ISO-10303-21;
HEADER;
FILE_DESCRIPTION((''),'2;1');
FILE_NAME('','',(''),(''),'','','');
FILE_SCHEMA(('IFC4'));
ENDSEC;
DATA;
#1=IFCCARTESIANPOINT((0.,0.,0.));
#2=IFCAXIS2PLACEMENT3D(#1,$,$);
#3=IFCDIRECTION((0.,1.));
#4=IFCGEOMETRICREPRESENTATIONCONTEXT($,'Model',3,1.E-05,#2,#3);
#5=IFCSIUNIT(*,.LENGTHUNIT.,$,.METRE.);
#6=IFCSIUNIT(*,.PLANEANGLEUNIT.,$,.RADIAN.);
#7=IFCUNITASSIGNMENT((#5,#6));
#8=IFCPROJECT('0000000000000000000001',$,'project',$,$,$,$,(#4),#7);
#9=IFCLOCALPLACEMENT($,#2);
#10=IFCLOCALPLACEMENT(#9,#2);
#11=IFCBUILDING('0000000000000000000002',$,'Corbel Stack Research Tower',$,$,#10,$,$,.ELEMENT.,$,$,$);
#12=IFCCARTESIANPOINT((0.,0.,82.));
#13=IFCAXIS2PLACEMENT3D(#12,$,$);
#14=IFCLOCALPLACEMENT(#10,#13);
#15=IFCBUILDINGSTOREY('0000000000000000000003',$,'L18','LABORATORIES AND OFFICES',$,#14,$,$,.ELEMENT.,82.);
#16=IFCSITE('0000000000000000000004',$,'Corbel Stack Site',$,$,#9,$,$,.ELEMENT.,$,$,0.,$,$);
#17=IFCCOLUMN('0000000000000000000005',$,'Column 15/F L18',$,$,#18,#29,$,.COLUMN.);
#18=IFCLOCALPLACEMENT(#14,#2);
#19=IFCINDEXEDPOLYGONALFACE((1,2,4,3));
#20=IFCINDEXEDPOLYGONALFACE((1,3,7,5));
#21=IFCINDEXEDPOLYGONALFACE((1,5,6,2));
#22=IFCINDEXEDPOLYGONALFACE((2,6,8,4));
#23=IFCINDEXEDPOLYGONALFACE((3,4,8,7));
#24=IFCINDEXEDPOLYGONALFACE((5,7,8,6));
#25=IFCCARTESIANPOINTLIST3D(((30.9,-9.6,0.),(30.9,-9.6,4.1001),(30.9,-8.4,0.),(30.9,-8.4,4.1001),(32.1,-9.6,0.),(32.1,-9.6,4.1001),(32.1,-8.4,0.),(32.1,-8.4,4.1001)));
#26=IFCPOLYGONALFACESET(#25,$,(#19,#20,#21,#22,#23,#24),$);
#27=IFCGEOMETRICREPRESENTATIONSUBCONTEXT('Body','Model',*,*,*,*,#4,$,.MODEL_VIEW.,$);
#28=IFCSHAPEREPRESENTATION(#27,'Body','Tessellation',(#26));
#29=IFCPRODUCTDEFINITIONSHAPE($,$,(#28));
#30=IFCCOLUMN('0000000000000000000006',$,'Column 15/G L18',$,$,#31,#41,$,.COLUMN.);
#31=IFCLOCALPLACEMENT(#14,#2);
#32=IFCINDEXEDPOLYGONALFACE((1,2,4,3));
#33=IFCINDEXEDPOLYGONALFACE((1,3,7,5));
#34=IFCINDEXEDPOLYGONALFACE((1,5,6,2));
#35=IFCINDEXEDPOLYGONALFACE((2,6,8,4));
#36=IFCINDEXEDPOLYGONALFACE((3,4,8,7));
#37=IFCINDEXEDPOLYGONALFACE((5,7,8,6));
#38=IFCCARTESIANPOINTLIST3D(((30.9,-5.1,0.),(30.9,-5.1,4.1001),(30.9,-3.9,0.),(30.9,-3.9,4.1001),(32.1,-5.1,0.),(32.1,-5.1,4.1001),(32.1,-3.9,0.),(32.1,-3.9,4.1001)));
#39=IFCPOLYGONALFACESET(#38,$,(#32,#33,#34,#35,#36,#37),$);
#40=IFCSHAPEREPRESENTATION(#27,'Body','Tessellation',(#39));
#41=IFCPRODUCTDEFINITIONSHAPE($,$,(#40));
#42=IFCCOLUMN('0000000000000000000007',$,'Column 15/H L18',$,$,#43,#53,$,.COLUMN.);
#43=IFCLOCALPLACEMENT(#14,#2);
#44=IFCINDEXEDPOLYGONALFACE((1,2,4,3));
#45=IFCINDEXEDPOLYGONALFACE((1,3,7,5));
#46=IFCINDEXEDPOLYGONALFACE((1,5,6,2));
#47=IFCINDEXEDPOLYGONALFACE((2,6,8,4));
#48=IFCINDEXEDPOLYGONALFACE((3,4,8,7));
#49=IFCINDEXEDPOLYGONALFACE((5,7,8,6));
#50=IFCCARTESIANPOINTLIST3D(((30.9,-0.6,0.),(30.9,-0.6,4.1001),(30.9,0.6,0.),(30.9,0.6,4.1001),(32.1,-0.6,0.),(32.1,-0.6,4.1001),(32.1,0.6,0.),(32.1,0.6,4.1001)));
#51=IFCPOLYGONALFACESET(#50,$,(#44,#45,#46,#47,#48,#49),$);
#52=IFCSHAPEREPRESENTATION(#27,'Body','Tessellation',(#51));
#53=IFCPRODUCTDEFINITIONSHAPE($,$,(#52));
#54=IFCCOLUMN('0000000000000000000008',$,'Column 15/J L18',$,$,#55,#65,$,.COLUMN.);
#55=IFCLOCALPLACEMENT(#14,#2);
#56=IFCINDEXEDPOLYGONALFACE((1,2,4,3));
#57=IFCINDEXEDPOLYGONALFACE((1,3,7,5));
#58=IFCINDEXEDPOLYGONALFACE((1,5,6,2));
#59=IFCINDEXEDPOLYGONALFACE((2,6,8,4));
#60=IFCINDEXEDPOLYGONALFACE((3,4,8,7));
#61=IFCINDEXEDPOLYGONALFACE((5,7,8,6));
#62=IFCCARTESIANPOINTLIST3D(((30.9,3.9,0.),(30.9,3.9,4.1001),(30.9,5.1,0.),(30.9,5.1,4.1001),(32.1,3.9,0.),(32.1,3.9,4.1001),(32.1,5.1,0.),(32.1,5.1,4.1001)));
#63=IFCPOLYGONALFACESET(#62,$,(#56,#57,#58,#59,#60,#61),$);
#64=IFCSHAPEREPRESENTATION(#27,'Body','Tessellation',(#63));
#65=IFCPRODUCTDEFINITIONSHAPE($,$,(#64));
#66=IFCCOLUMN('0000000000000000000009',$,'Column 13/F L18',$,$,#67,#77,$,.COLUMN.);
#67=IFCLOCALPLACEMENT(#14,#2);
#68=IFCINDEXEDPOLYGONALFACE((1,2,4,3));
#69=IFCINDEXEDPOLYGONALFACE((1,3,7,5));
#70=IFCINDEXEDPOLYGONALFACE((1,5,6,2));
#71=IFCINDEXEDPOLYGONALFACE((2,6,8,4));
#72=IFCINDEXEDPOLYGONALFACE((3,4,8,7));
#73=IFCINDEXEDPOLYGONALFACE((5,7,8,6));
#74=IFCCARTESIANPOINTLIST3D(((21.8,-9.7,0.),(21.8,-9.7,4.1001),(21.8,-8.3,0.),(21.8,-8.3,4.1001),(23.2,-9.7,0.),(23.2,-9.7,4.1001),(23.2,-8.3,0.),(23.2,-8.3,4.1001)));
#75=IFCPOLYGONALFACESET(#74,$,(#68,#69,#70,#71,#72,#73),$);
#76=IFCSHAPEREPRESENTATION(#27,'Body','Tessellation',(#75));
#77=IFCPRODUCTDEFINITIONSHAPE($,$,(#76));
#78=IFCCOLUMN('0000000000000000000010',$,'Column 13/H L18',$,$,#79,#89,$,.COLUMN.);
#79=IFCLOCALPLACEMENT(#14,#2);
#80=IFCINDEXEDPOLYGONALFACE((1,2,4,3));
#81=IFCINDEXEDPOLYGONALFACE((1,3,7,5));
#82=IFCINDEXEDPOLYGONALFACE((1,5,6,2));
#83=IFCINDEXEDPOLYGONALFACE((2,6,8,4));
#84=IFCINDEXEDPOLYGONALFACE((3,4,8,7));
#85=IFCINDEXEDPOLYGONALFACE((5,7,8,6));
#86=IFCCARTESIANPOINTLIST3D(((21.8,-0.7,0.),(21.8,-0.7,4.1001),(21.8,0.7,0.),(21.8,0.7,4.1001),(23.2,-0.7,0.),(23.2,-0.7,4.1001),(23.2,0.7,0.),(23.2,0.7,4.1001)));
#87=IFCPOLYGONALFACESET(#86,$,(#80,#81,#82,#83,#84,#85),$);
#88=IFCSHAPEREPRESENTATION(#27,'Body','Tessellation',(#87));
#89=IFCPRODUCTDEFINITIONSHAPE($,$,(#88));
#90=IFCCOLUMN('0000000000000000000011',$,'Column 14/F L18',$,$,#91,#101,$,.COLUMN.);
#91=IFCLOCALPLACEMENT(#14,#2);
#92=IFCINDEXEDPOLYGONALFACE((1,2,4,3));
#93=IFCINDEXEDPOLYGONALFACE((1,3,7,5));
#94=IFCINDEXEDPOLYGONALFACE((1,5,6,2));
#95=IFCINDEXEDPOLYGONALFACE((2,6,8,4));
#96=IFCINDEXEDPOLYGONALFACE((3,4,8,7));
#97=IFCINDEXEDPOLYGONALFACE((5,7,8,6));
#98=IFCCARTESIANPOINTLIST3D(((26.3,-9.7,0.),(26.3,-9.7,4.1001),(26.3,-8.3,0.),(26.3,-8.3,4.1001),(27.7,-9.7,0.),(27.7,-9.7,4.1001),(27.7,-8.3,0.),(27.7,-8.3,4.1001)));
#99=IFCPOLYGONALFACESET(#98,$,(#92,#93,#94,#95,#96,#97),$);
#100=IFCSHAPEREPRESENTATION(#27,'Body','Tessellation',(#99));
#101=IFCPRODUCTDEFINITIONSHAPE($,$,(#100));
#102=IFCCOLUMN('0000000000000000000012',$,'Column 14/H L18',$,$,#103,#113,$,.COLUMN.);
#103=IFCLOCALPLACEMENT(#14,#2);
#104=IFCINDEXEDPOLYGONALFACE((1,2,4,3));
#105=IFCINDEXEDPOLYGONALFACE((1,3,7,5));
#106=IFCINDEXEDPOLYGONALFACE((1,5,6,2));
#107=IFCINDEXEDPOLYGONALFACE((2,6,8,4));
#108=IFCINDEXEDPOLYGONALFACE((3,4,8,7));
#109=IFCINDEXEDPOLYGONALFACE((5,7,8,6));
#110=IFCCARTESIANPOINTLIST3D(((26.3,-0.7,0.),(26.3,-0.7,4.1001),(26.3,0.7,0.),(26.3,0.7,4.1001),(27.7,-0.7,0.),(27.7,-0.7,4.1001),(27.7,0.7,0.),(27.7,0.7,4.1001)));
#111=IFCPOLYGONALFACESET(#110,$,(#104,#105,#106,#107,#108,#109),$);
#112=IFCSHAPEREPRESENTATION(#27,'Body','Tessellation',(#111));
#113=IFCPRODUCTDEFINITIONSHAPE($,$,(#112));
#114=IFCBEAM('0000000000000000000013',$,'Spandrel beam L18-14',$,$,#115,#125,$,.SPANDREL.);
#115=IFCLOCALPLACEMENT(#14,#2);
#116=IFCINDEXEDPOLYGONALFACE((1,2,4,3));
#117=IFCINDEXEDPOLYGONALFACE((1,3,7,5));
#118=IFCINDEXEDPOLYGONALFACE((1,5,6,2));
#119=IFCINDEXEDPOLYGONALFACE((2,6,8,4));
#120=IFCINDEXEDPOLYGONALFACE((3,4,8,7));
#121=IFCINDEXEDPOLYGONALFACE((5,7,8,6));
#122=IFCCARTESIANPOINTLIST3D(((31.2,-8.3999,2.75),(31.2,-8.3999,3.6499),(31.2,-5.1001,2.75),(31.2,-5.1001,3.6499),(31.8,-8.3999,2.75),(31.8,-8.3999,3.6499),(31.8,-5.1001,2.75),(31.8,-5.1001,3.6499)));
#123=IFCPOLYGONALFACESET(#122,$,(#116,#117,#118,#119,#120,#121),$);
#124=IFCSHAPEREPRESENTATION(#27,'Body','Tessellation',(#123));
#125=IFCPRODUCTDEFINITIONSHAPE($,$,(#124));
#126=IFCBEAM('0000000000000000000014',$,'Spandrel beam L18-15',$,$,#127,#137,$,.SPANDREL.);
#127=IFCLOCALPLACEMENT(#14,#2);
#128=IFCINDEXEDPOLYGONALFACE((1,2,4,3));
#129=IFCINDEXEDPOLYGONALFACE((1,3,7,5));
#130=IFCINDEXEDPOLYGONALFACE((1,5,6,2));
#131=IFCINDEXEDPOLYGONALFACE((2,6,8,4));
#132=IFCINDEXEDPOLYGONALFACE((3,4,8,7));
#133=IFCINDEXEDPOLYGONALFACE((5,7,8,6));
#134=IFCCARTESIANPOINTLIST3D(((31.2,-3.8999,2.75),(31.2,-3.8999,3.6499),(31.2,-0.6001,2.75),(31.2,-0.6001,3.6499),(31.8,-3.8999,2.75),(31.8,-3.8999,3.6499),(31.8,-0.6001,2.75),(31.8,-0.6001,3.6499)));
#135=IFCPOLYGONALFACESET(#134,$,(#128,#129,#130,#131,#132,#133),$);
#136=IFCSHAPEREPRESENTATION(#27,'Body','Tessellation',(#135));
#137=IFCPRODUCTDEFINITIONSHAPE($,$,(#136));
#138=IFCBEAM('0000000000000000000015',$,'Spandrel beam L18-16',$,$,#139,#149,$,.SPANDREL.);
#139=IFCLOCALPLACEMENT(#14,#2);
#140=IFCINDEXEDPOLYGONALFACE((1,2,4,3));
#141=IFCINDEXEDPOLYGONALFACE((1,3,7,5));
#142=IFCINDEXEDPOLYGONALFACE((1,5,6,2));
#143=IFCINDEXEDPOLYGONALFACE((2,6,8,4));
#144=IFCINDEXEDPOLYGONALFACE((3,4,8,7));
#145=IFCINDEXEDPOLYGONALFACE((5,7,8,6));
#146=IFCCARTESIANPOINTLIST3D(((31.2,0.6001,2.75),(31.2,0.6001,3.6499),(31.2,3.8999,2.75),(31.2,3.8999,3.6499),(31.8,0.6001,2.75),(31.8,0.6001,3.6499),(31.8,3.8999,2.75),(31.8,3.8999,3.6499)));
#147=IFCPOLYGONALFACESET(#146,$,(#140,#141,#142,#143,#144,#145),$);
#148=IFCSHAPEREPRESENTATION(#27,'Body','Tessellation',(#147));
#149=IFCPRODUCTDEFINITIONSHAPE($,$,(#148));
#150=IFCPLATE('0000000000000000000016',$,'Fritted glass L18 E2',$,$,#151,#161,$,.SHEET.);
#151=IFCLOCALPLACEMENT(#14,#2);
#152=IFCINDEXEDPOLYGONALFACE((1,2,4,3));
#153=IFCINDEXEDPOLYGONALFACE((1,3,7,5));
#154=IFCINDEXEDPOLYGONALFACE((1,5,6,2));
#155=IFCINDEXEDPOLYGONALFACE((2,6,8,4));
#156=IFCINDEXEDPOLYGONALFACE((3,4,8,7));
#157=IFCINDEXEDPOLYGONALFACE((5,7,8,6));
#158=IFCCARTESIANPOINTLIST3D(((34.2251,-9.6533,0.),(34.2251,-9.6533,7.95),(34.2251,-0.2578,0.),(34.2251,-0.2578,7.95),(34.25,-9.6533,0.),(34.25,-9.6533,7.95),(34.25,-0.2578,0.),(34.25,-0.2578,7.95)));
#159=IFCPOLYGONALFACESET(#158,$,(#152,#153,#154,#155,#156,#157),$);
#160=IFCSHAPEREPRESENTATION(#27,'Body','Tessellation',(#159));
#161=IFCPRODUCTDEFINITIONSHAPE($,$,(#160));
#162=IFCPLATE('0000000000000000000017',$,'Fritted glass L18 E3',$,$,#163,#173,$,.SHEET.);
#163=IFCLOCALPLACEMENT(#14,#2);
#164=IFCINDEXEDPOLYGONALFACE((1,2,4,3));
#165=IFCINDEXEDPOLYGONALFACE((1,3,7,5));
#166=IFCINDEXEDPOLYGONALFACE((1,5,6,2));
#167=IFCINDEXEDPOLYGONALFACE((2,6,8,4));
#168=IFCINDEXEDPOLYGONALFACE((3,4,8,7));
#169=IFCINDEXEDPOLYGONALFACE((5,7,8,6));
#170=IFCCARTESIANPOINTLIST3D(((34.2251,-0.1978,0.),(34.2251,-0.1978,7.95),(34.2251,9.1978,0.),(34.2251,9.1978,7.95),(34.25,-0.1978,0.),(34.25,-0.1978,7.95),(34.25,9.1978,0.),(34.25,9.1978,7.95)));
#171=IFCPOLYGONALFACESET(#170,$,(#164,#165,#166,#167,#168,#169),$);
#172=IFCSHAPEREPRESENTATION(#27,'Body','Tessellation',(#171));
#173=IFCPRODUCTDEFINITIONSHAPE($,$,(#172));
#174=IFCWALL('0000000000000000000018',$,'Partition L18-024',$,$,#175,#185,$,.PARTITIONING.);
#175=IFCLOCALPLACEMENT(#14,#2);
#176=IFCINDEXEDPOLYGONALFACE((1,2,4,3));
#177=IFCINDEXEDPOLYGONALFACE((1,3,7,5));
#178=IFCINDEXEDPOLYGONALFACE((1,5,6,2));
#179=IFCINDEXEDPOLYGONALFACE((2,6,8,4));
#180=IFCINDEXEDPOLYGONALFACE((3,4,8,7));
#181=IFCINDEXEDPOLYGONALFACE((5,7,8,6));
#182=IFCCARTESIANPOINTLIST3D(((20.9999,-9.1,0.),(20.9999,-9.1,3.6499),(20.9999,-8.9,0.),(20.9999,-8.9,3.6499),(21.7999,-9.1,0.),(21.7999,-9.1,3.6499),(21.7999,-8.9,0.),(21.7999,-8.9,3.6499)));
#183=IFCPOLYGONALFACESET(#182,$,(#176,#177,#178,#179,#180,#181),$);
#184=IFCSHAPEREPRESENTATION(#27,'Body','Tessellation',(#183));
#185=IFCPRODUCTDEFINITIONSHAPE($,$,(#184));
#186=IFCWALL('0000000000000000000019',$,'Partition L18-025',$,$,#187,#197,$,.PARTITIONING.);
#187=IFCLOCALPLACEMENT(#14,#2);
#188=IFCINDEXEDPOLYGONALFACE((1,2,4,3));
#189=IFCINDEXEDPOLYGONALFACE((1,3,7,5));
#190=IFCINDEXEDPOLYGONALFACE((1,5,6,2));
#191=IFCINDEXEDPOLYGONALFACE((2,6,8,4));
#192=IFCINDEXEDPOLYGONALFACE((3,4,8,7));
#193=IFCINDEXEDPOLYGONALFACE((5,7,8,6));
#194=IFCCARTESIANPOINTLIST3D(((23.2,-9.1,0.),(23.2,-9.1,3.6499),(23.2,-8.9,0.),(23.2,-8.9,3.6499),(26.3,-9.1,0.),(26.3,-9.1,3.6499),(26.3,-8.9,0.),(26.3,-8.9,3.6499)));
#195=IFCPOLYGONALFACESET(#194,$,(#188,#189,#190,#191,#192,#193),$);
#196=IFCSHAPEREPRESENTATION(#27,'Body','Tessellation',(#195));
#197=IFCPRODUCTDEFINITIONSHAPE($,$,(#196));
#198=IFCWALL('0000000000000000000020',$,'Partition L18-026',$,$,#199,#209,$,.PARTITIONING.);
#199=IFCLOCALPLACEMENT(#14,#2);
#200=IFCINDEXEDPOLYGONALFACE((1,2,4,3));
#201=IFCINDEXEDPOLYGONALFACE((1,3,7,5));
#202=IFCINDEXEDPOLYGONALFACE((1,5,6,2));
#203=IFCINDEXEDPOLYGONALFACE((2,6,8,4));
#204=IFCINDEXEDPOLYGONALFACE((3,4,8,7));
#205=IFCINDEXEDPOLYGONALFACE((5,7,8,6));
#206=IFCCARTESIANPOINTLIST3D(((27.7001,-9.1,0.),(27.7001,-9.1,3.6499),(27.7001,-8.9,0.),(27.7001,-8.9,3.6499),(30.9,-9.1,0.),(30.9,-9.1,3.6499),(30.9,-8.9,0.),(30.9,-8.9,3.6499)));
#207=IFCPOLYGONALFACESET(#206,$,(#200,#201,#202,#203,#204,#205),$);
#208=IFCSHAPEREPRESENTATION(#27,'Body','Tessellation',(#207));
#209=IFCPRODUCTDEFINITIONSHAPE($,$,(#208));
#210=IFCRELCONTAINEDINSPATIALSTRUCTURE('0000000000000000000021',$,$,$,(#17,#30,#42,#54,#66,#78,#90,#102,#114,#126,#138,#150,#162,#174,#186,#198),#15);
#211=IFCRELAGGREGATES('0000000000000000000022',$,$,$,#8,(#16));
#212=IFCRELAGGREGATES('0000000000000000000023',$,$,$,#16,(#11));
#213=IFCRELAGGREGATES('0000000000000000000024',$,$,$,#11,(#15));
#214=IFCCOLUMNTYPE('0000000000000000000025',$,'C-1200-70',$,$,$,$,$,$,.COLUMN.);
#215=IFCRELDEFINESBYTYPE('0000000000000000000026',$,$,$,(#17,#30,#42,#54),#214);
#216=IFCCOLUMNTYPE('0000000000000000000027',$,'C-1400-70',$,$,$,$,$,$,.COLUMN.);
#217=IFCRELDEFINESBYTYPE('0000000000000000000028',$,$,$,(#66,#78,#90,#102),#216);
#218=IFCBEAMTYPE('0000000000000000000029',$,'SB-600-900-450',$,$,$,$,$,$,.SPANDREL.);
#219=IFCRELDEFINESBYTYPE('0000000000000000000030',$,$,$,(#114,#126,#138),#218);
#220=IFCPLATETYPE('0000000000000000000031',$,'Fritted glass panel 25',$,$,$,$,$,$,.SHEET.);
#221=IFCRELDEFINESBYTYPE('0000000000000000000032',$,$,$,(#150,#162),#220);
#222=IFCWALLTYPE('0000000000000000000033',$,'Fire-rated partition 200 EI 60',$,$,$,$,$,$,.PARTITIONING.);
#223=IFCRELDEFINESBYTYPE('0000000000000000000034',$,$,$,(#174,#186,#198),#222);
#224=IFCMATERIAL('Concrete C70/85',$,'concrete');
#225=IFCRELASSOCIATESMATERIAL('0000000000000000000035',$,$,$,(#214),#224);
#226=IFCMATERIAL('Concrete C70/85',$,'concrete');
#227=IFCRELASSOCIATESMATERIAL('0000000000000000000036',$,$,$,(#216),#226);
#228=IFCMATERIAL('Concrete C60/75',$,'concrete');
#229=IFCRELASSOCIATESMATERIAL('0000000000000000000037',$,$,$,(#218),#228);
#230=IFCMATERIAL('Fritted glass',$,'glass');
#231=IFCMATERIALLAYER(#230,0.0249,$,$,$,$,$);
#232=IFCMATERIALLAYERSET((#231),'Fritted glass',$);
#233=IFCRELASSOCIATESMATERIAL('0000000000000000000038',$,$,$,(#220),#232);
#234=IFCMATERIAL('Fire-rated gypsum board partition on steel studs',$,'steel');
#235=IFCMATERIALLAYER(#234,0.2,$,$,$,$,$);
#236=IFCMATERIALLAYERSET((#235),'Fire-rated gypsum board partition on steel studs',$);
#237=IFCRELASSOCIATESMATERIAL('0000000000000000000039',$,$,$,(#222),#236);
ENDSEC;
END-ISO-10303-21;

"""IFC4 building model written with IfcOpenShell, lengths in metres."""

from ifc_helpers import new_model, si_unit, direction, frame, frame_2d, origin, origin_2d, place, context, subcontext, project, spatial, rectangle, extrude, material, layer, layer_set, material_profile, profile_set, type_object, element, save


model = new_model("IFC4")

# Units and contexts
model_context = context("Model", 3, precision=1e-05, world=origin(), true_north=direction((0.0, 1.0)))
body_context = subcontext(model_context, "Body", "Model", "MODEL_VIEW")
ifc_project = project(units=[si_unit("LENGTHUNIT", "METRE"), si_unit("PLANEANGLEUNIT", "RADIAN")], contexts=[model_context])

# Site, building, storey
site_placement = place(None, origin())
site = spatial("IfcSite", under=ifc_project, at=site_placement, Name="Corbel Stack Site", CompositionType="ELEMENT", RefElevation=0.0)
building_placement = place(site_placement, origin())
building = spatial("IfcBuilding", under=site, at=building_placement, Name="Corbel Stack Research Tower", CompositionType="ELEMENT")
storey_placement = place(building_placement, frame((0.0, 0.0, 82.0)))
storey = spatial("IfcBuildingStorey", under=building, at=storey_placement, Name="L18", Description="LABORATORIES AND OFFICES", CompositionType="ELEMENT", Elevation=82.0)

# Columns
ifc_material_1 = material(Name="Concrete C70/85", Category="concrete")
ifc_material_profile_1 = material_profile(ifc_material_1, rectangle(XDim=1.2, YDim=1.2, at=origin_2d()), Name="RC 1200 x 1200")
ifc_profile_set_1 = profile_set([ifc_material_profile_1], Name="Concrete C70/85")
column_type_1 = type_object("IfcColumnType", Name="C-1200-70", PredefinedType="COLUMN", material=ifc_profile_set_1)
for number, where, z_axis, x_axis, name in (
    (1, (31.5, -9.0, 0.0), (0.0, 0.0, 1.0), (1.0, 0.0, 0.0), "Column 15/F L18"),
    (2, (31.5, -4.5, 0.0), (0.0, 0.0, 1.0), (1.0, 0.0, 0.0), "Column 15/G L18"),
    (3, (31.5, 0.0, 0.0), (0.0, 0.0, 1.0), (1.0, 0.0, 0.0), "Column 15/H L18"),
    (4, (31.5, 4.5, 0.0), (0.0, 0.0, 1.0), (1.0, 0.0, 0.0), "Column 15/J L18"),
):
    element("IfcColumn", number, at=place(storey_placement, frame(where, z_axis=z_axis, x_axis=x_axis)), inside=storey, type_object=column_type_1, Name=name, PredefinedType="COLUMN", context=body_context, shape_type="SweptSolid", body=[
        extrude(rectangle(XDim=1.2, YDim=1.2, at=origin_2d()), origin(), (0.0, 0.0, 1.0), 4.1001),
    ])
ifc_material_2 = material(Name="Concrete C70/85", Category="concrete")
ifc_material_profile_2 = material_profile(ifc_material_2, rectangle(XDim=1.3999, YDim=1.3999, at=origin_2d()), Name="RC 1400 x 1400")
ifc_profile_set_2 = profile_set([ifc_material_profile_2], Name="Concrete C70/85")
column_type_2 = type_object("IfcColumnType", Name="C-1400-70", PredefinedType="COLUMN", material=ifc_profile_set_2)
for number, where, z_axis, x_axis, name in (
    (5, (22.5, -9.0, 0.0), (0.0, 0.0, 1.0), (1.0, 0.0, 0.0), "Column 13/F L18"),
    (6, (22.5, 0.0, 0.0), (0.0, 0.0, 1.0), (1.0, 0.0, 0.0), "Column 13/H L18"),
    (7, (27.0, -9.0, 0.0), (0.0, 0.0, 1.0), (1.0, 0.0, 0.0), "Column 14/F L18"),
    (8, (27.0, 0.0, 0.0), (0.0, 0.0, 1.0), (1.0, 0.0, 0.0), "Column 14/H L18"),
):
    element("IfcColumn", number, at=place(storey_placement, frame(where, z_axis=z_axis, x_axis=x_axis)), inside=storey, type_object=column_type_2, Name=name, PredefinedType="COLUMN", context=body_context, shape_type="SweptSolid", body=[
        extrude(rectangle(XDim=1.3999, YDim=1.3999, at=origin_2d()), origin(), (0.0, 0.0, 1.0), 4.1001),
    ])

# Beams
ifc_material_3 = material(Name="Concrete C60/75", Category="concrete")
ifc_material_profile_3 = material_profile(ifc_material_3, rectangle(XDim=0.6001, YDim=0.8999, at=origin_2d()), Name="RC 600 x 900")
ifc_profile_set_3 = profile_set([ifc_material_profile_3], Name="Concrete C60/75")
beam_type = type_object("IfcBeamType", Name="SB-600-900-450", PredefinedType="SPANDREL", material=ifc_profile_set_3)
for number, where, z_axis, x_axis, name in (
    (9, (31.5, -8.3999, 3.2), (0.0, 1.0, 0.0), (-1.0, 0.0, 0.0), "Spandrel beam L18-14"),
    (10, (31.5, -3.8999, 3.2), (0.0, 1.0, 0.0), (-1.0, 0.0, 0.0), "Spandrel beam L18-15"),
    (11, (31.5, 0.6001, 3.2), (0.0, 1.0, 0.0), (-1.0, 0.0, 0.0), "Spandrel beam L18-16"),
):
    element("IfcBeam", number, at=place(storey_placement, frame(where, z_axis=z_axis, x_axis=x_axis)), inside=storey, type_object=beam_type, Name=name, PredefinedType="SPANDREL", context=body_context, shape_type="SweptSolid", body=[
        extrude(rectangle(XDim=0.6001, YDim=0.8999, at=origin_2d()), origin(), (0.0, 0.0, 1.0), 3.2998),
    ])

# Plates
ifc_material_4 = material(Name="Fritted glass", Category="glass")
ifc_layer_1 = layer(ifc_material_4, 0.0249)
ifc_layer_set_1 = layer_set([ifc_layer_1], Name="Fritted glass")
plate_type = type_object("IfcPlateType", Name="Fritted glass panel 25", PredefinedType="SHEET", material=ifc_layer_set_1)
for number, where, z_axis, x_axis, name in (
    (12, (34.2375, -4.9556, 0.0), (0.0, 0.0, 1.0), (0.0, 1.0, 0.0), "Fritted glass L18 E2"),
    (13, (34.2375, 4.5, 0.0), (0.0, 0.0, 1.0), (0.0, 1.0, 0.0), "Fritted glass L18 E3"),
):
    element("IfcPlate", number, at=place(storey_placement, frame(where, z_axis=z_axis, x_axis=x_axis)), inside=storey, type_object=plate_type, Name=name, PredefinedType="SHEET", context=body_context, shape_type="SweptSolid", body=[
        extrude(rectangle(XDim=9.3955, YDim=0.0249, at=origin_2d()), origin(), (0.0, 0.0, 1.0), 7.95),
    ])

# Walls
ifc_material_5 = material(Name="Fire-rated gypsum board partition on steel studs", Category="steel")
ifc_layer_2 = layer(ifc_material_5, 0.2)
ifc_layer_set_2 = layer_set([ifc_layer_2], Name="Fire-rated gypsum board partition on steel studs")
wall_type_1 = type_object("IfcWallType", Name="Fire-rated partition 200 EI 60", PredefinedType="PARTITIONING", material=ifc_layer_set_2)
wall_1_placement = place(storey_placement, frame((21.0, -9.0, 0.0), z_axis=(0.0, 0.0, 1.0), x_axis=(1.0, 0.0, 0.0)))
element("IfcWall", 14, at=wall_1_placement, inside=storey, type_object=wall_type_1, Name="Partition L18-024", PredefinedType="PARTITIONING", context=body_context, shape_type="SweptSolid", body=[
    extrude(rectangle(XDim=0.8, YDim=0.2, at=frame_2d((0.3999, 0.0))), origin(), (0.0, 0.0, 1.0), 3.6499),
])
wall_2_placement = place(storey_placement, frame((23.2, -9.0, 0.0), z_axis=(0.0, 0.0, 1.0), x_axis=(1.0, 0.0, 0.0)))
element("IfcWall", 15, at=wall_2_placement, inside=storey, type_object=wall_type_1, Name="Partition L18-025", PredefinedType="PARTITIONING", context=body_context, shape_type="SweptSolid", body=[
    extrude(rectangle(XDim=3.1001, YDim=0.2, at=frame_2d((1.55, 0.0))), origin(), (0.0, 0.0, 1.0), 3.6499),
])
wall_3_placement = place(storey_placement, frame((27.7, -9.0, 0.0), z_axis=(0.0, 0.0, 1.0), x_axis=(1.0, 0.0, 0.0)))
element("IfcWall", 16, at=wall_3_placement, inside=storey, type_object=wall_type_1, Name="Partition L18-026", PredefinedType="PARTITIONING", context=body_context, shape_type="SweptSolid", body=[
    extrude(rectangle(XDim=3.2, YDim=0.2, at=frame_2d((1.6001, 0.0))), origin(), (0.0, 0.0, 1.0), 3.6499),
])

save(model, "model.ifc")
